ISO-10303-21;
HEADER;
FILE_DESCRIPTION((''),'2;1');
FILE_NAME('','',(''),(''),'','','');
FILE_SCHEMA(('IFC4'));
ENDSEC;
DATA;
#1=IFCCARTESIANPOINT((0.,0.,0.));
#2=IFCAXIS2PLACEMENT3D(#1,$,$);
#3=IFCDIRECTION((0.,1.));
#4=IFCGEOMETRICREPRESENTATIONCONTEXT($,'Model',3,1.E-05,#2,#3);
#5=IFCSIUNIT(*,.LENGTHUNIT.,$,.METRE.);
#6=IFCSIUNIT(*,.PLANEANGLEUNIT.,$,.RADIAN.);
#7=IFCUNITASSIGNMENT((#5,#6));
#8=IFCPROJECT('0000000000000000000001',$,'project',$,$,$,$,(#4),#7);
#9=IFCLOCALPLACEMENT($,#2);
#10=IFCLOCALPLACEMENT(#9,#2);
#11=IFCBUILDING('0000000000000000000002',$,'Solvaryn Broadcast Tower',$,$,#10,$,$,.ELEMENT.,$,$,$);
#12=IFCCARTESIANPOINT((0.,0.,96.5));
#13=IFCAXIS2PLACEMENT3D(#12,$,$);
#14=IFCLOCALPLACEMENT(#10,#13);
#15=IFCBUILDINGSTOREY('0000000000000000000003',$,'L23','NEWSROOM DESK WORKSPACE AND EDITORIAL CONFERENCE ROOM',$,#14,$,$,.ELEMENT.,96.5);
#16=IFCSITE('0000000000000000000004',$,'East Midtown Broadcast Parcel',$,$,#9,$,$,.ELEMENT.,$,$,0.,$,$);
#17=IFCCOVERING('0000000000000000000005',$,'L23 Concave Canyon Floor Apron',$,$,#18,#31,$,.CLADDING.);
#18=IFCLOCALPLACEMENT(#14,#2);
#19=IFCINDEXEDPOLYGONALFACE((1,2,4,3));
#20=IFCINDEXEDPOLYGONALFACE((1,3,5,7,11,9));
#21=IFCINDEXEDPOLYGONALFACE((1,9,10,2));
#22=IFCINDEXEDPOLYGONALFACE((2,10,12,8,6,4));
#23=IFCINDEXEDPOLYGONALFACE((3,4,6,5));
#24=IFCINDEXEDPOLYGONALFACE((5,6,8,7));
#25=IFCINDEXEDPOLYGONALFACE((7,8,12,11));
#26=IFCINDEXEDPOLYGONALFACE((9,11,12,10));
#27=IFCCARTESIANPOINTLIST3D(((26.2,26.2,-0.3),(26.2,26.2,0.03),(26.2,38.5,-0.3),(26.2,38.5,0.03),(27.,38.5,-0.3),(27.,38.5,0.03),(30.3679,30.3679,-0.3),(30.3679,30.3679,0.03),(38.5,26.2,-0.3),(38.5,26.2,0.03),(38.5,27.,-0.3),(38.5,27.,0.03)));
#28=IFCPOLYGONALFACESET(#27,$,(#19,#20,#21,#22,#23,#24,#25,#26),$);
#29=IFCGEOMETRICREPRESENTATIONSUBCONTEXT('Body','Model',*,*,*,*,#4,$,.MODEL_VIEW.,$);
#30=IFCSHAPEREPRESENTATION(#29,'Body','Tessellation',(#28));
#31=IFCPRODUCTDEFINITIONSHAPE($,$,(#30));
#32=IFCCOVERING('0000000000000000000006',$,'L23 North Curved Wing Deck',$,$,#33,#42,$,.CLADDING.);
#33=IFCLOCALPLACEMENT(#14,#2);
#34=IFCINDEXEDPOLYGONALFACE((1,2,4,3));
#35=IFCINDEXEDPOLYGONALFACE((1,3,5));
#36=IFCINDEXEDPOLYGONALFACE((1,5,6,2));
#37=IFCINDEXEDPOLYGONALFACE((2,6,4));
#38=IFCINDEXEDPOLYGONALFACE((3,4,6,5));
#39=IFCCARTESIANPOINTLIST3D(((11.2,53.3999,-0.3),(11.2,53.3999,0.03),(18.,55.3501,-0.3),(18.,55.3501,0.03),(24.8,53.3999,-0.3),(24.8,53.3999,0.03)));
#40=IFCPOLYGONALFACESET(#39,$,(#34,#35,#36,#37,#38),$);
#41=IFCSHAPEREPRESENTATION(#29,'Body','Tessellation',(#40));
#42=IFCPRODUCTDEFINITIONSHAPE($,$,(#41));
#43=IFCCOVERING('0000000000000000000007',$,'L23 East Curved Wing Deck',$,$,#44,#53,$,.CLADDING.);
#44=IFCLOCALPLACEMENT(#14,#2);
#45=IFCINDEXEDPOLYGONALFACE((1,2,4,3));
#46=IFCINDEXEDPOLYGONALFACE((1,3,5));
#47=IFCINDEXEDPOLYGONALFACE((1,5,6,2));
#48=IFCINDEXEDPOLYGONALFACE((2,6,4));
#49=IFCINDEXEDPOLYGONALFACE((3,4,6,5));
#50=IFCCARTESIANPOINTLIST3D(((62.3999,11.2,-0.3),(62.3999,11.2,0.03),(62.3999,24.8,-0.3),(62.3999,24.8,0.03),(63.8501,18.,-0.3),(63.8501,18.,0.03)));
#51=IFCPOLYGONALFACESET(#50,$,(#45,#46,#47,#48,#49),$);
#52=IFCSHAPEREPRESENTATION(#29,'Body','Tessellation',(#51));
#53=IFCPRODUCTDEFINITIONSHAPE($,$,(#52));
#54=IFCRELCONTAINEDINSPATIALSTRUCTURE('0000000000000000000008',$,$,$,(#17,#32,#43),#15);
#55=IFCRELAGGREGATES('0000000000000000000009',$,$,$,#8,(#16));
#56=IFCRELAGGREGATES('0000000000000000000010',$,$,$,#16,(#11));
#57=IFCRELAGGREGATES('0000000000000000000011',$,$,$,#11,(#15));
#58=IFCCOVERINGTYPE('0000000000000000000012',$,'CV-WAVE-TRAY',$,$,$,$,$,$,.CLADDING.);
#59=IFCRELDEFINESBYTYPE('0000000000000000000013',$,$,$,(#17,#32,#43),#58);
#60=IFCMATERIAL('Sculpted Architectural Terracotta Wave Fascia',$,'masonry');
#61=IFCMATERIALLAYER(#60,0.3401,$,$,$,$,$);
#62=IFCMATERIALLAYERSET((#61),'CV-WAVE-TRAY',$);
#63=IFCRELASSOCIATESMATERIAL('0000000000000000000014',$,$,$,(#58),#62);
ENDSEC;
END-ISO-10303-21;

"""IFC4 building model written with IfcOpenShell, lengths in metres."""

from ifc_helpers import new_model, si_unit, direction, frame, origin, place, context, subcontext, project, spatial, polyline, outline, extrude, material, layer, layer_set, type_object, element, save


model = new_model("IFC4")

# Units and contexts
model_context = context("Model", 3, precision=1e-05, world=origin(), true_north=direction((0.0, 1.0)))
body_context = subcontext(model_context, "Body", "Model", "MODEL_VIEW")
ifc_project = project(units=[si_unit("LENGTHUNIT", "METRE"), si_unit("PLANEANGLEUNIT", "RADIAN")], contexts=[model_context])

# Site, building, storey
site_placement = place(None, origin())
site = spatial("IfcSite", under=ifc_project, at=site_placement, Name="East Midtown Broadcast Parcel", CompositionType="ELEMENT", RefElevation=0.0)
building_placement = place(site_placement, origin())
building = spatial("IfcBuilding", under=site, at=building_placement, Name="Solvaryn Broadcast Tower", CompositionType="ELEMENT")
storey_placement = place(building_placement, frame((0.0, 0.0, 96.5)))
storey = spatial("IfcBuildingStorey", under=building, at=storey_placement, Name="L23", Description="NEWSROOM DESK WORKSPACE AND EDITORIAL CONFERENCE ROOM", CompositionType="ELEMENT", Elevation=96.5)

# Coverings
ifc_material_1 = material(Name="Sculpted Architectural Terracotta Wave Fascia", Category="masonry")
ifc_layer_1 = layer(ifc_material_1, 0.3401)
ifc_layer_set_1 = layer_set([ifc_layer_1], Name="CV-WAVE-TRAY")
covering_type_1 = type_object("IfcCoveringType", Name="CV-WAVE-TRAY", PredefinedType="CLADDING", material=ifc_layer_set_1)
covering_1_placement = place(storey_placement, frame((0.0, 0.0, -0.3)))
element("IfcCovering", 1, at=covering_1_placement, inside=storey, type_object=covering_type_1, Name="L23 Concave Canyon Floor Apron", PredefinedType="CLADDING", context=body_context, shape_type="SweptSolid", body=[
    extrude(outline(polyline([(26.2, 26.2), (38.5, 26.2), (38.5, 27.0), (30.3679, 30.3679), (27.0, 38.5), (26.2, 38.5), (26.2, 26.2)])), origin(), (0.0, 0.0, 1.0), 0.3301),
])
covering_2_placement = place(storey_placement, frame((0.0, 0.0, -0.3)))
element("IfcCovering", 2, at=covering_2_placement, inside=storey, type_object=covering_type_1, Name="L23 North Curved Wing Deck", PredefinedType="CLADDING", context=body_context, shape_type="SweptSolid", body=[
    extrude(outline(polyline([(11.2, 53.3999), (24.8, 53.3999), (18.0, 55.3501), (11.2, 53.3999)])), origin(), (0.0, 0.0, 1.0), 0.3301),
])
covering_3_placement = place(storey_placement, frame((0.0, 0.0, -0.3)))
element("IfcCovering", 3, at=covering_3_placement, inside=storey, type_object=covering_type_1, Name="L23 East Curved Wing Deck", PredefinedType="CLADDING", context=body_context, shape_type="SweptSolid", body=[
    extrude(outline(polyline([(62.3999, 11.2), (63.8501, 18.0), (62.3999, 24.8), (62.3999, 11.2)])), origin(), (0.0, 0.0, 1.0), 0.3301),
])

save(model, "model.ifc")
